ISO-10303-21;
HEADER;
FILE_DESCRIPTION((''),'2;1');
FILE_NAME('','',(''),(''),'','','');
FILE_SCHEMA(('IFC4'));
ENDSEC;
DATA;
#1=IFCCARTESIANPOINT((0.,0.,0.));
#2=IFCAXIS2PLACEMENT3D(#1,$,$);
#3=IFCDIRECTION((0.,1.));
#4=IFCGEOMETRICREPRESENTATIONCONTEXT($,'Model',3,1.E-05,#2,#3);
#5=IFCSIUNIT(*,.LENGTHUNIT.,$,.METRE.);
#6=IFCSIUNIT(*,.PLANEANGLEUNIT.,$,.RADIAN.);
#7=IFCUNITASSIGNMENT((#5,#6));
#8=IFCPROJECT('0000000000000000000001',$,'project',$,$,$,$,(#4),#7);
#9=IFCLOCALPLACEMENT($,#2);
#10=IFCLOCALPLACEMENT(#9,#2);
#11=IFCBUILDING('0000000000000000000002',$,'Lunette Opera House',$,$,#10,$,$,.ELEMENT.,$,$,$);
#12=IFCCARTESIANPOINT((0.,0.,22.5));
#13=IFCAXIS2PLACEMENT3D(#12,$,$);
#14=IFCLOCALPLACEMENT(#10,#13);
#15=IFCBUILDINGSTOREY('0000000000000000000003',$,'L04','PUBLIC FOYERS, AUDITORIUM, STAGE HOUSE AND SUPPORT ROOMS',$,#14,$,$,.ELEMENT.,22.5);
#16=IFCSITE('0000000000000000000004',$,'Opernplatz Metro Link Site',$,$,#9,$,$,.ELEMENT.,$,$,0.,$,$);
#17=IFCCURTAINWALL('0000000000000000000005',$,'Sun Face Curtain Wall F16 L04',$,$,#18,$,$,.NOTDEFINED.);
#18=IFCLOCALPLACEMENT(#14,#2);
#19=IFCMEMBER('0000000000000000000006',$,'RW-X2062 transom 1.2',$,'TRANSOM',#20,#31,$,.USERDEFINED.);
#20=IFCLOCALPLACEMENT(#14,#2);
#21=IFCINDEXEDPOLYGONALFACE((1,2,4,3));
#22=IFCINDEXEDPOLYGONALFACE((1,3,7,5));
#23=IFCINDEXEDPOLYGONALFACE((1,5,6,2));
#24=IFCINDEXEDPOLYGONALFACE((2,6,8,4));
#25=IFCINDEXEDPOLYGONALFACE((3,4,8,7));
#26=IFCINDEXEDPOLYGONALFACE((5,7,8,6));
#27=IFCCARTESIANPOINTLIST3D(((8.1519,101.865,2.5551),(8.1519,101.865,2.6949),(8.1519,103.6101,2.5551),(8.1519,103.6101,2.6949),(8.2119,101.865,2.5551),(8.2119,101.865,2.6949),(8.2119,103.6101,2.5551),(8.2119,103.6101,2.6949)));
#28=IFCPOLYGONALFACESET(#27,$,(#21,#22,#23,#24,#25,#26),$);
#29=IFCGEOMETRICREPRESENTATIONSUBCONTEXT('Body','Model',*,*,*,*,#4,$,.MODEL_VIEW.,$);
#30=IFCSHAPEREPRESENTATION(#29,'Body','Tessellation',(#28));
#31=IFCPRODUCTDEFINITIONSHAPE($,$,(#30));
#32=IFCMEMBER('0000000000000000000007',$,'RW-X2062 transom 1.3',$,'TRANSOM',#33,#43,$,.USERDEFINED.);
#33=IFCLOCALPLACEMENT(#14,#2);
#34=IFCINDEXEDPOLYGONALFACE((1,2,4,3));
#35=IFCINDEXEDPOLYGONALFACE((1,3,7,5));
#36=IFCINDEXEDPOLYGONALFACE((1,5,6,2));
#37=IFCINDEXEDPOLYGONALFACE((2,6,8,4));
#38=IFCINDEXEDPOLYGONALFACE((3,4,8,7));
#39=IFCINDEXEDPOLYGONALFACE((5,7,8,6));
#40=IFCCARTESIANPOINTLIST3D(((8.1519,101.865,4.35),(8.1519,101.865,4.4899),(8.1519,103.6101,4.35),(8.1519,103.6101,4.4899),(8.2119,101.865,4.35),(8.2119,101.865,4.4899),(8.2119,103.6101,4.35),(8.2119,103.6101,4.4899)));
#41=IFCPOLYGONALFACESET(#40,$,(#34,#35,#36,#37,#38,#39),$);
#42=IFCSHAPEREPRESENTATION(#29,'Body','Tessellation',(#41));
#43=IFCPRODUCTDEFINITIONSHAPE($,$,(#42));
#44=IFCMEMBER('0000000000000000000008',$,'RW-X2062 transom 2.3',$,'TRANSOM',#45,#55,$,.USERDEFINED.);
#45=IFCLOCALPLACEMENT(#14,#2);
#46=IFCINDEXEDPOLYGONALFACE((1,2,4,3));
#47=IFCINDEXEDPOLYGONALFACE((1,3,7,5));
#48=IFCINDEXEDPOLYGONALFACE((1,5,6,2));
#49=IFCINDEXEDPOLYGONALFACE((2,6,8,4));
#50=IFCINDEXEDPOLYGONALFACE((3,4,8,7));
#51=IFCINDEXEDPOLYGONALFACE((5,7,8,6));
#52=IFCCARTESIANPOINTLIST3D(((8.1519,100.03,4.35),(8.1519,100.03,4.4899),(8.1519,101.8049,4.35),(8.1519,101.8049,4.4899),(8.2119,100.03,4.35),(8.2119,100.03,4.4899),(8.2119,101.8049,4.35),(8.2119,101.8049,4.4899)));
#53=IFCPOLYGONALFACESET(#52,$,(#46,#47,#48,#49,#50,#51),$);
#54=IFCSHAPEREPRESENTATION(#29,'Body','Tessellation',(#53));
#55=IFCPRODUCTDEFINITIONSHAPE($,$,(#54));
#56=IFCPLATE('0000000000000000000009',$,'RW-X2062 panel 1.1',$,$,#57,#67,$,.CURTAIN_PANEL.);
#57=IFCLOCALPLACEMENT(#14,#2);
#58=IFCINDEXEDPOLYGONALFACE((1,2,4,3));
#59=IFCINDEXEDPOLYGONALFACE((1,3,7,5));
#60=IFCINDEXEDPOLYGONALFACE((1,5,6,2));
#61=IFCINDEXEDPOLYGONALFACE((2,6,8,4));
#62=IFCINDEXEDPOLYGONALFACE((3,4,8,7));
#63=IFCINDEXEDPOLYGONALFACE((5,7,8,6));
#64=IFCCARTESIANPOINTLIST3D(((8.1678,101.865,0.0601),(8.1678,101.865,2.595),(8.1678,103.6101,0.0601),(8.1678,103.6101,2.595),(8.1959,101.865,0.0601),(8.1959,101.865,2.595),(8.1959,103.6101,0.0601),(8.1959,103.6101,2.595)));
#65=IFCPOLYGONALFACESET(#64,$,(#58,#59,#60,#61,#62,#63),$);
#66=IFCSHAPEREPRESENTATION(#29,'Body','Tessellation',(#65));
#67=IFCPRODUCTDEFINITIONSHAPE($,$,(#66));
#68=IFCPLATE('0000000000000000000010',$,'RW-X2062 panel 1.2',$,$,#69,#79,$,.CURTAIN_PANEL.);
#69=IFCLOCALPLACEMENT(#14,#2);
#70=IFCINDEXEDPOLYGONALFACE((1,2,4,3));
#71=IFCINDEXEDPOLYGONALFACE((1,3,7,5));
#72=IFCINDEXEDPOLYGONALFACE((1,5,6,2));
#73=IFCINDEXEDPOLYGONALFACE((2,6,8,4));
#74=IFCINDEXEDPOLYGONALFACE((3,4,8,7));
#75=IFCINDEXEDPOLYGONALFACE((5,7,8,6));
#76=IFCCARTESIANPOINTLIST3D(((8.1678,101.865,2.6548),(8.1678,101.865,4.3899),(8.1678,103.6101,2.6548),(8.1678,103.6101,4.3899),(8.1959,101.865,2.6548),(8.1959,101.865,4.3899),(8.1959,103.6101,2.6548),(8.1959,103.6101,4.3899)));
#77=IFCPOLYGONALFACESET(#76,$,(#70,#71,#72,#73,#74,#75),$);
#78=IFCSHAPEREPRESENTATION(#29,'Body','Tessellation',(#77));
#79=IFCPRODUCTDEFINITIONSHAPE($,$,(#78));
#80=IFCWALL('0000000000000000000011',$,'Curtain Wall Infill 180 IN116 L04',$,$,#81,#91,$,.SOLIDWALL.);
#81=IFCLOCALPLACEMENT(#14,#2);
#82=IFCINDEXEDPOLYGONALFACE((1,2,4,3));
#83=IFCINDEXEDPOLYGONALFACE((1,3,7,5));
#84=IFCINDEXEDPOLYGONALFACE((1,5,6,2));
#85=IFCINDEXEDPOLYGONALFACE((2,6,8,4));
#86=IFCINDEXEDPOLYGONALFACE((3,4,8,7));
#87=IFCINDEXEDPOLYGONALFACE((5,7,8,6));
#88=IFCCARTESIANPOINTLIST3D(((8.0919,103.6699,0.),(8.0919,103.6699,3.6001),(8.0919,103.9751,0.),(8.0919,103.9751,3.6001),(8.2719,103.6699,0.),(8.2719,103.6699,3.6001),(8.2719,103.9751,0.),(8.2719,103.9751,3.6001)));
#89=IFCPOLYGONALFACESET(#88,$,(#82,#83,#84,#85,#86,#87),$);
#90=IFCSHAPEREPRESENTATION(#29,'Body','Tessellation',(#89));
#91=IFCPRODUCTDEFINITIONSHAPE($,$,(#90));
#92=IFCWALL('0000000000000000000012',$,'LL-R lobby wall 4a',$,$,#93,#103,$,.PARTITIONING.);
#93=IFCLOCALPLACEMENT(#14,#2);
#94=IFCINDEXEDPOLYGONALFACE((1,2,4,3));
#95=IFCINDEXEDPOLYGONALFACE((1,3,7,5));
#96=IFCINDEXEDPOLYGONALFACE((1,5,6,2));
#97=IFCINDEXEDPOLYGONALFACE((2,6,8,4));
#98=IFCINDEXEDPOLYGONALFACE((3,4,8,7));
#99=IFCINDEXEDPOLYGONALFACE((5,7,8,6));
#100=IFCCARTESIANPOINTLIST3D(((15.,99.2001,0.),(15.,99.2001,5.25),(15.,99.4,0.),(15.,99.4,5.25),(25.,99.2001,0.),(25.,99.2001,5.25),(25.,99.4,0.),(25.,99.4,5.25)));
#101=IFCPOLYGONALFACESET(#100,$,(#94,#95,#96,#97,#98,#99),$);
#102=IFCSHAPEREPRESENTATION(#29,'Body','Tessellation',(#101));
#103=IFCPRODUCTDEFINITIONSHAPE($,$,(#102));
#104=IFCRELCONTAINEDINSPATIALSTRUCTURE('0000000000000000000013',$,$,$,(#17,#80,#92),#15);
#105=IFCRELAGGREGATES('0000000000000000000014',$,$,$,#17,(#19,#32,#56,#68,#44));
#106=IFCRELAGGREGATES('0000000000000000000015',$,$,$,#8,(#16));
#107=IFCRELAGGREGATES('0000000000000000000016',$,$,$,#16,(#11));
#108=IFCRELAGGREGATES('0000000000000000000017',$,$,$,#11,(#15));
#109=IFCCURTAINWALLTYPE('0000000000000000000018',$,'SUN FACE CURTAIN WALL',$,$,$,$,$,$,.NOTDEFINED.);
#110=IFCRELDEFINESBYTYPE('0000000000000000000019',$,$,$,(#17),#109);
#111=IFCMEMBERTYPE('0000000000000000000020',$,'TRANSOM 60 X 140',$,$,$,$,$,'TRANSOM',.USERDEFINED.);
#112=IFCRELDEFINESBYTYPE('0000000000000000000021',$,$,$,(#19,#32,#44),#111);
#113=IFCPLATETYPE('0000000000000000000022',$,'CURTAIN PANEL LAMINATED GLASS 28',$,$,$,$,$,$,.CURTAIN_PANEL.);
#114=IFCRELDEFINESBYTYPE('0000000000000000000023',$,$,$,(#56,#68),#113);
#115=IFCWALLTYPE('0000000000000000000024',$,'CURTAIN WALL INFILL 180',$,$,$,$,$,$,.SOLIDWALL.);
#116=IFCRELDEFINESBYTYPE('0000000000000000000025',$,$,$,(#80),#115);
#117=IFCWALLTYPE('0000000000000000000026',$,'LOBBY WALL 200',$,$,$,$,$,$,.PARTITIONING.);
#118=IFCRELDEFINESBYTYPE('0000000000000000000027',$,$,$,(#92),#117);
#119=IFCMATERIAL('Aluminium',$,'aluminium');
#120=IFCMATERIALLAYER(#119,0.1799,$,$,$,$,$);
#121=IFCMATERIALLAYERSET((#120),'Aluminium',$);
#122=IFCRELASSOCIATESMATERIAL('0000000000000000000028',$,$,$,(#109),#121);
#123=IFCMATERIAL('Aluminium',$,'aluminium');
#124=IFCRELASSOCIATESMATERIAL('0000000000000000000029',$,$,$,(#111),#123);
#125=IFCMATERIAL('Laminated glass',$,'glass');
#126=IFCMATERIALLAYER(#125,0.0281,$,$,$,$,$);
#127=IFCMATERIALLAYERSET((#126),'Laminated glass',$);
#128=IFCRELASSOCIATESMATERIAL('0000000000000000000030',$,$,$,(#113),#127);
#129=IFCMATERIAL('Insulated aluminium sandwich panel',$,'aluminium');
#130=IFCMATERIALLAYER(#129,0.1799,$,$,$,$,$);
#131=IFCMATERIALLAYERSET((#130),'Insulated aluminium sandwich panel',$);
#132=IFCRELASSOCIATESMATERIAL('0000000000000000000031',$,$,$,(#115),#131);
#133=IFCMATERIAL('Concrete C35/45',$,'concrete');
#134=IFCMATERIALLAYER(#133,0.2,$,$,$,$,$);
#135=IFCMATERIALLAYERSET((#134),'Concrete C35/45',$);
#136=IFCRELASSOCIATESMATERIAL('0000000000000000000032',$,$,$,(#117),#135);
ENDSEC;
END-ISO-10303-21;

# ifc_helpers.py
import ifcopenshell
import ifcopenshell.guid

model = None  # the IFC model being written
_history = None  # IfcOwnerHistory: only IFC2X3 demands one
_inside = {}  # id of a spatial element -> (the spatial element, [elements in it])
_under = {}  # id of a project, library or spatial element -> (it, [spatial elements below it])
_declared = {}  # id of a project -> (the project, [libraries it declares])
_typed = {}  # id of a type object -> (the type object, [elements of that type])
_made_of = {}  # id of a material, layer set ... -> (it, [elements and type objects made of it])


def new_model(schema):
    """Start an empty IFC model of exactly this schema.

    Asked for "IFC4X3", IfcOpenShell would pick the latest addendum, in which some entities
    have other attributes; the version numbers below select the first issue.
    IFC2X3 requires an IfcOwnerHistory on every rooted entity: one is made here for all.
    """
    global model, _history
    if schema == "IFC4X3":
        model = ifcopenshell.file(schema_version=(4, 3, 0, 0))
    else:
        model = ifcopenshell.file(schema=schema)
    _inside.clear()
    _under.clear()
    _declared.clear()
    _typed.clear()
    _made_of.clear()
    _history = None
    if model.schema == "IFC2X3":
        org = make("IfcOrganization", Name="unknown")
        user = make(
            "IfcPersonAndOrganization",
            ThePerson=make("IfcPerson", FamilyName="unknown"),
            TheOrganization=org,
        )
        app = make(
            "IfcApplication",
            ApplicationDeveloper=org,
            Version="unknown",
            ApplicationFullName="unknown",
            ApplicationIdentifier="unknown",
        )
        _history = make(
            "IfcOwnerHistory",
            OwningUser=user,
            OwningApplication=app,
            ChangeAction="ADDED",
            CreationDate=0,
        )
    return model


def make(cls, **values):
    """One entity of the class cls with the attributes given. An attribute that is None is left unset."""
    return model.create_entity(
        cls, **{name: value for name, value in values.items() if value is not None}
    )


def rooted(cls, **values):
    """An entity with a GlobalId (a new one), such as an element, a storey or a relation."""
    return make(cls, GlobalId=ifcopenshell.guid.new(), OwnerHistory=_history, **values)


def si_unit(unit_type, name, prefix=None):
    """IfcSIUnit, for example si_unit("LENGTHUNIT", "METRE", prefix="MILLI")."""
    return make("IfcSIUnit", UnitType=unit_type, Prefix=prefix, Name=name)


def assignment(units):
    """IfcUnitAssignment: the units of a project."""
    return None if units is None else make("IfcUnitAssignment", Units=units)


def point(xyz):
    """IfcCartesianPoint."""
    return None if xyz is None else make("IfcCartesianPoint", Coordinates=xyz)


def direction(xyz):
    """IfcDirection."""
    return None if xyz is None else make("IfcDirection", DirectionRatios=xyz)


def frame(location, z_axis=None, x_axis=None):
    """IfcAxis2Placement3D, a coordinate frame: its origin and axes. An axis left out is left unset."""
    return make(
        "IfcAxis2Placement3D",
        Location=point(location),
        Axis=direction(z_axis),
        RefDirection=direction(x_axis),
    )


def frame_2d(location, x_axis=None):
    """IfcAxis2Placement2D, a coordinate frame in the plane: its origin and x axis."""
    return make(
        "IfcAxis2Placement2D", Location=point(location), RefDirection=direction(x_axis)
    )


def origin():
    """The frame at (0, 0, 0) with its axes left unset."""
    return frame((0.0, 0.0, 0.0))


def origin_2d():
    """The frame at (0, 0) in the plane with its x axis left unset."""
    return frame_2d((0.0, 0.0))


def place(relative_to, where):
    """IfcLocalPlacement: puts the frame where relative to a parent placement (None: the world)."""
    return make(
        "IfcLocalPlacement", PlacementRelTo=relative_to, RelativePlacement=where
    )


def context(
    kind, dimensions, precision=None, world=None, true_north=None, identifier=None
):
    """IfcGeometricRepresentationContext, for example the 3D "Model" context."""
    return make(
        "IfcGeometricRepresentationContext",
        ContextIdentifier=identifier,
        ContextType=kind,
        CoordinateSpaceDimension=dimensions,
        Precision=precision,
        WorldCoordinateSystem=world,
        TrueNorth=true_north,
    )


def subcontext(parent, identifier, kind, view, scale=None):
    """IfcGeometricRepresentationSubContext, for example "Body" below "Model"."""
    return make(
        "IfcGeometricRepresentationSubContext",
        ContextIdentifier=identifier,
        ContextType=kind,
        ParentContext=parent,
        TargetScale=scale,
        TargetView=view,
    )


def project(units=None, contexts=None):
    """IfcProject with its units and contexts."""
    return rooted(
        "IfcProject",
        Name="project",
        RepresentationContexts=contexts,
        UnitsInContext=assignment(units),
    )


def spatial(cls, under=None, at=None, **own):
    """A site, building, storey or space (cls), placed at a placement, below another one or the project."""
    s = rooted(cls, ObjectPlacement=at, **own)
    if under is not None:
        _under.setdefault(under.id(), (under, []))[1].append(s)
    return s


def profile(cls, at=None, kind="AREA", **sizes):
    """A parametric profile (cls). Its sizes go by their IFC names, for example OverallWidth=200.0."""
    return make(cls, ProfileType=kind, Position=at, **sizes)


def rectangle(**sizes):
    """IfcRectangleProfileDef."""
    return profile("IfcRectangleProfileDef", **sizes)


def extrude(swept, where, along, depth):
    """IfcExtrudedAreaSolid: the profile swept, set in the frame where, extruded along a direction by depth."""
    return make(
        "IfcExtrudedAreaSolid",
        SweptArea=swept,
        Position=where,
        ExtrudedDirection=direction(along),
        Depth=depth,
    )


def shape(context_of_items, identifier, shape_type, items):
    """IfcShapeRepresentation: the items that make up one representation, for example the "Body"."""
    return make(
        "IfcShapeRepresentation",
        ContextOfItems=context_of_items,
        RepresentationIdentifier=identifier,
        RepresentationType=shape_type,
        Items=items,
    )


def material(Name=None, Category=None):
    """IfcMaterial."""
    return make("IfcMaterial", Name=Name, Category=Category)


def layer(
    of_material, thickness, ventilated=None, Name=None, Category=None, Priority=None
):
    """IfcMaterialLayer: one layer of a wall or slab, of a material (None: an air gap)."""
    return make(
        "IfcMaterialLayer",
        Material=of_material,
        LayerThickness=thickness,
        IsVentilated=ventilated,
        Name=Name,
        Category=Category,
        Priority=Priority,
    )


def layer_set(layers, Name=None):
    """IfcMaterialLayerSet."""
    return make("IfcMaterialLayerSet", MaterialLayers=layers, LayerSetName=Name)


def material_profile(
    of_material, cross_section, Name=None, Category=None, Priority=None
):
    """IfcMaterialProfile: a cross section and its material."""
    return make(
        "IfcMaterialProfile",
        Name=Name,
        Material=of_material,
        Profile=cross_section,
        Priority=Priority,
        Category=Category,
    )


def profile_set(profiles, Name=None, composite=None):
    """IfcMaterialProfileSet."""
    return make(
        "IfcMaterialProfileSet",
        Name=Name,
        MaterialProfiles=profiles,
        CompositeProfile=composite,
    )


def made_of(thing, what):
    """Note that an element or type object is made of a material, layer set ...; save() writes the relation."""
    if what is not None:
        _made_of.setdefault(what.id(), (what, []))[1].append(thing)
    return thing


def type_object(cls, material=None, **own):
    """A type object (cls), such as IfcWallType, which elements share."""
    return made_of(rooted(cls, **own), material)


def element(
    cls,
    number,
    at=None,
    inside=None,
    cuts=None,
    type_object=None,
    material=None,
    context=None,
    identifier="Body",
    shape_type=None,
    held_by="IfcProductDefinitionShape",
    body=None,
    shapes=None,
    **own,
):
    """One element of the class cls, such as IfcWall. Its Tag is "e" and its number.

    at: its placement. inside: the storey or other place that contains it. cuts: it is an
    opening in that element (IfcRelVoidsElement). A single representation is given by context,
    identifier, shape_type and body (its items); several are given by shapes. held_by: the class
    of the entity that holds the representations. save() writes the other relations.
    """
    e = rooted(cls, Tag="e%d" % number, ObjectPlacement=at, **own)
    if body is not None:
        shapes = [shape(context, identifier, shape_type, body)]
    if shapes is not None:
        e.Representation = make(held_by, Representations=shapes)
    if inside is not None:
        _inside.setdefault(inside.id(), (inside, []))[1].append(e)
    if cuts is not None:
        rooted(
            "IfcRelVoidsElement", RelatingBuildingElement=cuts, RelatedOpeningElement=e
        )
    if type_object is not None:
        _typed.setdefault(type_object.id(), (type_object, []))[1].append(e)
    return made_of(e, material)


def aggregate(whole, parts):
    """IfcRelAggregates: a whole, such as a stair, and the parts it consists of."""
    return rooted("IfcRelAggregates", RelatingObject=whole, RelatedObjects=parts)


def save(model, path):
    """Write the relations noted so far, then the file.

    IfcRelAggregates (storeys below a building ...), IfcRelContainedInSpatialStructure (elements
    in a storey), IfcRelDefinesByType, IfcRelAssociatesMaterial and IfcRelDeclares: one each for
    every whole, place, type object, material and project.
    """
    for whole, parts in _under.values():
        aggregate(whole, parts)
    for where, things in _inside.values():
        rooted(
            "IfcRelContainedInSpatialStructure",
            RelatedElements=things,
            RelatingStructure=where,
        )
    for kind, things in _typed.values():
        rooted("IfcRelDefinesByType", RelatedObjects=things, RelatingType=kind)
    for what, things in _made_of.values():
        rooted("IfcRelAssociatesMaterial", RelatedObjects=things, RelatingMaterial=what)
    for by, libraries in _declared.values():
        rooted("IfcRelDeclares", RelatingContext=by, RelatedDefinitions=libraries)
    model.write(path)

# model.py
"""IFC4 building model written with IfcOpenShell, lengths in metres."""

from ifc_helpers import new_model, si_unit, direction, frame, frame_2d, origin, origin_2d, place, context, subcontext, project, spatial, rectangle, extrude, material, layer, layer_set, material_profile, profile_set, type_object, element, aggregate, save


model = new_model("IFC4")

# Units and contexts
model_context = context("Model", 3, precision=1e-05, world=origin(), true_north=direction((0.0, 1.0)))
body_context = subcontext(model_context, "Body", "Model", "MODEL_VIEW")
ifc_project = project(units=[si_unit("LENGTHUNIT", "METRE"), si_unit("PLANEANGLEUNIT", "RADIAN")], contexts=[model_context])

# Site, building, storey
site_placement = place(None, origin())
site = spatial("IfcSite", under=ifc_project, at=site_placement, Name="Opernplatz Metro Link Site", CompositionType="ELEMENT", RefElevation=0.0)
building_placement = place(site_placement, origin())
building = spatial("IfcBuilding", under=site, at=building_placement, Name="Lunette Opera House", CompositionType="ELEMENT")
storey_placement = place(building_placement, frame((0.0, 0.0, 22.5)))
storey = spatial("IfcBuildingStorey", under=building, at=storey_placement, Name="L04", Description="PUBLIC FOYERS, AUDITORIUM, STAGE HOUSE AND SUPPORT ROOMS", CompositionType="ELEMENT", Elevation=22.5)

# Curtain wall
ifc_material_1 = material(Name="Aluminium", Category="aluminium")
ifc_layer_1 = layer(ifc_material_1, 0.1799)
ifc_layer_set_1 = layer_set([ifc_layer_1], Name="Aluminium")
curtain_wall_type = type_object("IfcCurtainWallType", Name="SUN FACE CURTAIN WALL", PredefinedType="NOTDEFINED", material=ifc_layer_set_1)
curtain_wall_placement = place(storey_placement, origin())
curtain_wall = element("IfcCurtainWall", 1, at=curtain_wall_placement, inside=storey, type_object=curtain_wall_type, Name="Sun Face Curtain Wall F16 L04", PredefinedType="NOTDEFINED")

# Members
ifc_material_2 = material(Name="Aluminium", Category="aluminium")
ifc_material_profile_1 = material_profile(ifc_material_2, rectangle(XDim=0.0601, YDim=0.1399, at=origin_2d()), Name="TRANSOM 60 X 140")
ifc_profile_set_1 = profile_set([ifc_material_profile_1], Name="Aluminium")
member_type_1 = type_object("IfcMemberType", Name="TRANSOM 60 X 140", ElementType="TRANSOM", PredefinedType="USERDEFINED", material=ifc_profile_set_1)
member_1_placement = place(storey_placement, frame((8.1819, 103.6101, 2.625), z_axis=(0.0, -1.0, 0.0), x_axis=(1.0, 0.0, 0.0)))
member_1 = element("IfcMember", 2, at=member_1_placement, type_object=member_type_1, Name="RW-X2062 transom 1.2", ObjectType="TRANSOM", PredefinedType="USERDEFINED", context=body_context, shape_type="SweptSolid", body=[
    extrude(rectangle(XDim=0.0601, YDim=0.1399, at=origin_2d()), origin(), (0.0, 0.0, 1.0), 1.7451),
])
member_2_placement = place(storey_placement, frame((8.1819, 103.6101, 4.4199), z_axis=(0.0, -1.0, 0.0), x_axis=(1.0, 0.0, 0.0)))
member_2 = element("IfcMember", 3, at=member_2_placement, type_object=member_type_1, Name="RW-X2062 transom 1.3", ObjectType="TRANSOM", PredefinedType="USERDEFINED", context=body_context, shape_type="SweptSolid", body=[
    extrude(rectangle(XDim=0.0601, YDim=0.1399, at=origin_2d()), origin(), (0.0, 0.0, 1.0), 1.7451),
])
member_3_placement = place(storey_placement, frame((8.1819, 101.8049, 4.4199), z_axis=(0.0, -1.0, 0.0), x_axis=(1.0, 0.0, 0.0)))
member_3 = element("IfcMember", 4, at=member_3_placement, type_object=member_type_1, Name="RW-X2062 transom 2.3", ObjectType="TRANSOM", PredefinedType="USERDEFINED", context=body_context, shape_type="SweptSolid", body=[
    extrude(rectangle(XDim=0.0601, YDim=0.1399, at=origin_2d()), origin(), (0.0, 0.0, 1.0), 1.7749),
])

# Plates
ifc_material_3 = material(Name="Laminated glass", Category="glass")
ifc_layer_2 = layer(ifc_material_3, 0.0281)
ifc_layer_set_2 = layer_set([ifc_layer_2], Name="Laminated glass")
plate_type = type_object("IfcPlateType", Name="CURTAIN PANEL LAMINATED GLASS 28", PredefinedType="CURTAIN_PANEL", material=ifc_layer_set_2)
plate_1_placement = place(storey_placement, frame((8.1819, 102.7375, 0.0601), z_axis=(0.0, 0.0, 1.0), x_axis=(0.0, -1.0, 0.0)))
plate_1 = element("IfcPlate", 5, at=plate_1_placement, type_object=plate_type, Name="RW-X2062 panel 1.1", PredefinedType="CURTAIN_PANEL", context=body_context, shape_type="SweptSolid", body=[
    extrude(rectangle(XDim=1.7451, YDim=0.0281, at=origin_2d()), origin(), (0.0, 0.0, 1.0), 2.5349),
])
plate_2_placement = place(storey_placement, frame((8.1819, 102.7375, 2.6548), z_axis=(0.0, 0.0, 1.0), x_axis=(0.0, -1.0, 0.0)))
plate_2 = element("IfcPlate", 6, at=plate_2_placement, type_object=plate_type, Name="RW-X2062 panel 1.2", PredefinedType="CURTAIN_PANEL", context=body_context, shape_type="SweptSolid", body=[
    extrude(rectangle(XDim=1.7451, YDim=0.0281, at=origin_2d()), origin(), (0.0, 0.0, 1.0), 1.7351),
])
aggregate(curtain_wall, [member_1, member_2, plate_1, plate_2, member_3])

# Walls
ifc_material_4 = material(Name="Insulated aluminium sandwich panel", Category="aluminium")
ifc_layer_3 = layer(ifc_material_4, 0.1799)
ifc_layer_set_3 = layer_set([ifc_layer_3], Name="Insulated aluminium sandwich panel")
wall_type_1 = type_object("IfcWallType", Name="CURTAIN WALL INFILL 180", PredefinedType="SOLIDWALL", material=ifc_layer_set_3)
wall_1_placement = place(storey_placement, frame((8.1819, 103.6699, 0.0), z_axis=(0.0, 0.0, 1.0), x_axis=(0.0, 1.0, 0.0)))
element("IfcWall", 7, at=wall_1_placement, inside=storey, type_object=wall_type_1, Name="Curtain Wall Infill 180 IN116 L04", PredefinedType="SOLIDWALL", context=body_context, shape_type="SweptSolid", body=[
    extrude(rectangle(XDim=0.3052, YDim=0.1799, at=frame_2d((0.1526, 0.0))), origin(), (0.0, 0.0, 1.0), 3.6001),
])
ifc_material_5 = material(Name="Concrete C35/45", Category="concrete")
ifc_layer_4 = layer(ifc_material_5, 0.2)
ifc_layer_set_4 = layer_set([ifc_layer_4], Name="Concrete C35/45")
wall_type_2 = type_object("IfcWallType", Name="LOBBY WALL 200", PredefinedType="PARTITIONING", material=ifc_layer_set_4)
wall_2_placement = place(storey_placement, frame((15.0, 99.3, 0.0), z_axis=(0.0, 0.0, 1.0), x_axis=(1.0, 0.0, 0.0)))
element("IfcWall", 8, at=wall_2_placement, inside=storey, type_object=wall_type_2, Name="LL-R lobby wall 4a", PredefinedType="PARTITIONING", context=body_context, shape_type="SweptSolid", body=[
    extrude(rectangle(XDim=10.0, YDim=0.2, at=frame_2d((5.0, 0.0))), origin(), (0.0, 0.0, 1.0), 5.25),
])

save(model, "model.ifc")
